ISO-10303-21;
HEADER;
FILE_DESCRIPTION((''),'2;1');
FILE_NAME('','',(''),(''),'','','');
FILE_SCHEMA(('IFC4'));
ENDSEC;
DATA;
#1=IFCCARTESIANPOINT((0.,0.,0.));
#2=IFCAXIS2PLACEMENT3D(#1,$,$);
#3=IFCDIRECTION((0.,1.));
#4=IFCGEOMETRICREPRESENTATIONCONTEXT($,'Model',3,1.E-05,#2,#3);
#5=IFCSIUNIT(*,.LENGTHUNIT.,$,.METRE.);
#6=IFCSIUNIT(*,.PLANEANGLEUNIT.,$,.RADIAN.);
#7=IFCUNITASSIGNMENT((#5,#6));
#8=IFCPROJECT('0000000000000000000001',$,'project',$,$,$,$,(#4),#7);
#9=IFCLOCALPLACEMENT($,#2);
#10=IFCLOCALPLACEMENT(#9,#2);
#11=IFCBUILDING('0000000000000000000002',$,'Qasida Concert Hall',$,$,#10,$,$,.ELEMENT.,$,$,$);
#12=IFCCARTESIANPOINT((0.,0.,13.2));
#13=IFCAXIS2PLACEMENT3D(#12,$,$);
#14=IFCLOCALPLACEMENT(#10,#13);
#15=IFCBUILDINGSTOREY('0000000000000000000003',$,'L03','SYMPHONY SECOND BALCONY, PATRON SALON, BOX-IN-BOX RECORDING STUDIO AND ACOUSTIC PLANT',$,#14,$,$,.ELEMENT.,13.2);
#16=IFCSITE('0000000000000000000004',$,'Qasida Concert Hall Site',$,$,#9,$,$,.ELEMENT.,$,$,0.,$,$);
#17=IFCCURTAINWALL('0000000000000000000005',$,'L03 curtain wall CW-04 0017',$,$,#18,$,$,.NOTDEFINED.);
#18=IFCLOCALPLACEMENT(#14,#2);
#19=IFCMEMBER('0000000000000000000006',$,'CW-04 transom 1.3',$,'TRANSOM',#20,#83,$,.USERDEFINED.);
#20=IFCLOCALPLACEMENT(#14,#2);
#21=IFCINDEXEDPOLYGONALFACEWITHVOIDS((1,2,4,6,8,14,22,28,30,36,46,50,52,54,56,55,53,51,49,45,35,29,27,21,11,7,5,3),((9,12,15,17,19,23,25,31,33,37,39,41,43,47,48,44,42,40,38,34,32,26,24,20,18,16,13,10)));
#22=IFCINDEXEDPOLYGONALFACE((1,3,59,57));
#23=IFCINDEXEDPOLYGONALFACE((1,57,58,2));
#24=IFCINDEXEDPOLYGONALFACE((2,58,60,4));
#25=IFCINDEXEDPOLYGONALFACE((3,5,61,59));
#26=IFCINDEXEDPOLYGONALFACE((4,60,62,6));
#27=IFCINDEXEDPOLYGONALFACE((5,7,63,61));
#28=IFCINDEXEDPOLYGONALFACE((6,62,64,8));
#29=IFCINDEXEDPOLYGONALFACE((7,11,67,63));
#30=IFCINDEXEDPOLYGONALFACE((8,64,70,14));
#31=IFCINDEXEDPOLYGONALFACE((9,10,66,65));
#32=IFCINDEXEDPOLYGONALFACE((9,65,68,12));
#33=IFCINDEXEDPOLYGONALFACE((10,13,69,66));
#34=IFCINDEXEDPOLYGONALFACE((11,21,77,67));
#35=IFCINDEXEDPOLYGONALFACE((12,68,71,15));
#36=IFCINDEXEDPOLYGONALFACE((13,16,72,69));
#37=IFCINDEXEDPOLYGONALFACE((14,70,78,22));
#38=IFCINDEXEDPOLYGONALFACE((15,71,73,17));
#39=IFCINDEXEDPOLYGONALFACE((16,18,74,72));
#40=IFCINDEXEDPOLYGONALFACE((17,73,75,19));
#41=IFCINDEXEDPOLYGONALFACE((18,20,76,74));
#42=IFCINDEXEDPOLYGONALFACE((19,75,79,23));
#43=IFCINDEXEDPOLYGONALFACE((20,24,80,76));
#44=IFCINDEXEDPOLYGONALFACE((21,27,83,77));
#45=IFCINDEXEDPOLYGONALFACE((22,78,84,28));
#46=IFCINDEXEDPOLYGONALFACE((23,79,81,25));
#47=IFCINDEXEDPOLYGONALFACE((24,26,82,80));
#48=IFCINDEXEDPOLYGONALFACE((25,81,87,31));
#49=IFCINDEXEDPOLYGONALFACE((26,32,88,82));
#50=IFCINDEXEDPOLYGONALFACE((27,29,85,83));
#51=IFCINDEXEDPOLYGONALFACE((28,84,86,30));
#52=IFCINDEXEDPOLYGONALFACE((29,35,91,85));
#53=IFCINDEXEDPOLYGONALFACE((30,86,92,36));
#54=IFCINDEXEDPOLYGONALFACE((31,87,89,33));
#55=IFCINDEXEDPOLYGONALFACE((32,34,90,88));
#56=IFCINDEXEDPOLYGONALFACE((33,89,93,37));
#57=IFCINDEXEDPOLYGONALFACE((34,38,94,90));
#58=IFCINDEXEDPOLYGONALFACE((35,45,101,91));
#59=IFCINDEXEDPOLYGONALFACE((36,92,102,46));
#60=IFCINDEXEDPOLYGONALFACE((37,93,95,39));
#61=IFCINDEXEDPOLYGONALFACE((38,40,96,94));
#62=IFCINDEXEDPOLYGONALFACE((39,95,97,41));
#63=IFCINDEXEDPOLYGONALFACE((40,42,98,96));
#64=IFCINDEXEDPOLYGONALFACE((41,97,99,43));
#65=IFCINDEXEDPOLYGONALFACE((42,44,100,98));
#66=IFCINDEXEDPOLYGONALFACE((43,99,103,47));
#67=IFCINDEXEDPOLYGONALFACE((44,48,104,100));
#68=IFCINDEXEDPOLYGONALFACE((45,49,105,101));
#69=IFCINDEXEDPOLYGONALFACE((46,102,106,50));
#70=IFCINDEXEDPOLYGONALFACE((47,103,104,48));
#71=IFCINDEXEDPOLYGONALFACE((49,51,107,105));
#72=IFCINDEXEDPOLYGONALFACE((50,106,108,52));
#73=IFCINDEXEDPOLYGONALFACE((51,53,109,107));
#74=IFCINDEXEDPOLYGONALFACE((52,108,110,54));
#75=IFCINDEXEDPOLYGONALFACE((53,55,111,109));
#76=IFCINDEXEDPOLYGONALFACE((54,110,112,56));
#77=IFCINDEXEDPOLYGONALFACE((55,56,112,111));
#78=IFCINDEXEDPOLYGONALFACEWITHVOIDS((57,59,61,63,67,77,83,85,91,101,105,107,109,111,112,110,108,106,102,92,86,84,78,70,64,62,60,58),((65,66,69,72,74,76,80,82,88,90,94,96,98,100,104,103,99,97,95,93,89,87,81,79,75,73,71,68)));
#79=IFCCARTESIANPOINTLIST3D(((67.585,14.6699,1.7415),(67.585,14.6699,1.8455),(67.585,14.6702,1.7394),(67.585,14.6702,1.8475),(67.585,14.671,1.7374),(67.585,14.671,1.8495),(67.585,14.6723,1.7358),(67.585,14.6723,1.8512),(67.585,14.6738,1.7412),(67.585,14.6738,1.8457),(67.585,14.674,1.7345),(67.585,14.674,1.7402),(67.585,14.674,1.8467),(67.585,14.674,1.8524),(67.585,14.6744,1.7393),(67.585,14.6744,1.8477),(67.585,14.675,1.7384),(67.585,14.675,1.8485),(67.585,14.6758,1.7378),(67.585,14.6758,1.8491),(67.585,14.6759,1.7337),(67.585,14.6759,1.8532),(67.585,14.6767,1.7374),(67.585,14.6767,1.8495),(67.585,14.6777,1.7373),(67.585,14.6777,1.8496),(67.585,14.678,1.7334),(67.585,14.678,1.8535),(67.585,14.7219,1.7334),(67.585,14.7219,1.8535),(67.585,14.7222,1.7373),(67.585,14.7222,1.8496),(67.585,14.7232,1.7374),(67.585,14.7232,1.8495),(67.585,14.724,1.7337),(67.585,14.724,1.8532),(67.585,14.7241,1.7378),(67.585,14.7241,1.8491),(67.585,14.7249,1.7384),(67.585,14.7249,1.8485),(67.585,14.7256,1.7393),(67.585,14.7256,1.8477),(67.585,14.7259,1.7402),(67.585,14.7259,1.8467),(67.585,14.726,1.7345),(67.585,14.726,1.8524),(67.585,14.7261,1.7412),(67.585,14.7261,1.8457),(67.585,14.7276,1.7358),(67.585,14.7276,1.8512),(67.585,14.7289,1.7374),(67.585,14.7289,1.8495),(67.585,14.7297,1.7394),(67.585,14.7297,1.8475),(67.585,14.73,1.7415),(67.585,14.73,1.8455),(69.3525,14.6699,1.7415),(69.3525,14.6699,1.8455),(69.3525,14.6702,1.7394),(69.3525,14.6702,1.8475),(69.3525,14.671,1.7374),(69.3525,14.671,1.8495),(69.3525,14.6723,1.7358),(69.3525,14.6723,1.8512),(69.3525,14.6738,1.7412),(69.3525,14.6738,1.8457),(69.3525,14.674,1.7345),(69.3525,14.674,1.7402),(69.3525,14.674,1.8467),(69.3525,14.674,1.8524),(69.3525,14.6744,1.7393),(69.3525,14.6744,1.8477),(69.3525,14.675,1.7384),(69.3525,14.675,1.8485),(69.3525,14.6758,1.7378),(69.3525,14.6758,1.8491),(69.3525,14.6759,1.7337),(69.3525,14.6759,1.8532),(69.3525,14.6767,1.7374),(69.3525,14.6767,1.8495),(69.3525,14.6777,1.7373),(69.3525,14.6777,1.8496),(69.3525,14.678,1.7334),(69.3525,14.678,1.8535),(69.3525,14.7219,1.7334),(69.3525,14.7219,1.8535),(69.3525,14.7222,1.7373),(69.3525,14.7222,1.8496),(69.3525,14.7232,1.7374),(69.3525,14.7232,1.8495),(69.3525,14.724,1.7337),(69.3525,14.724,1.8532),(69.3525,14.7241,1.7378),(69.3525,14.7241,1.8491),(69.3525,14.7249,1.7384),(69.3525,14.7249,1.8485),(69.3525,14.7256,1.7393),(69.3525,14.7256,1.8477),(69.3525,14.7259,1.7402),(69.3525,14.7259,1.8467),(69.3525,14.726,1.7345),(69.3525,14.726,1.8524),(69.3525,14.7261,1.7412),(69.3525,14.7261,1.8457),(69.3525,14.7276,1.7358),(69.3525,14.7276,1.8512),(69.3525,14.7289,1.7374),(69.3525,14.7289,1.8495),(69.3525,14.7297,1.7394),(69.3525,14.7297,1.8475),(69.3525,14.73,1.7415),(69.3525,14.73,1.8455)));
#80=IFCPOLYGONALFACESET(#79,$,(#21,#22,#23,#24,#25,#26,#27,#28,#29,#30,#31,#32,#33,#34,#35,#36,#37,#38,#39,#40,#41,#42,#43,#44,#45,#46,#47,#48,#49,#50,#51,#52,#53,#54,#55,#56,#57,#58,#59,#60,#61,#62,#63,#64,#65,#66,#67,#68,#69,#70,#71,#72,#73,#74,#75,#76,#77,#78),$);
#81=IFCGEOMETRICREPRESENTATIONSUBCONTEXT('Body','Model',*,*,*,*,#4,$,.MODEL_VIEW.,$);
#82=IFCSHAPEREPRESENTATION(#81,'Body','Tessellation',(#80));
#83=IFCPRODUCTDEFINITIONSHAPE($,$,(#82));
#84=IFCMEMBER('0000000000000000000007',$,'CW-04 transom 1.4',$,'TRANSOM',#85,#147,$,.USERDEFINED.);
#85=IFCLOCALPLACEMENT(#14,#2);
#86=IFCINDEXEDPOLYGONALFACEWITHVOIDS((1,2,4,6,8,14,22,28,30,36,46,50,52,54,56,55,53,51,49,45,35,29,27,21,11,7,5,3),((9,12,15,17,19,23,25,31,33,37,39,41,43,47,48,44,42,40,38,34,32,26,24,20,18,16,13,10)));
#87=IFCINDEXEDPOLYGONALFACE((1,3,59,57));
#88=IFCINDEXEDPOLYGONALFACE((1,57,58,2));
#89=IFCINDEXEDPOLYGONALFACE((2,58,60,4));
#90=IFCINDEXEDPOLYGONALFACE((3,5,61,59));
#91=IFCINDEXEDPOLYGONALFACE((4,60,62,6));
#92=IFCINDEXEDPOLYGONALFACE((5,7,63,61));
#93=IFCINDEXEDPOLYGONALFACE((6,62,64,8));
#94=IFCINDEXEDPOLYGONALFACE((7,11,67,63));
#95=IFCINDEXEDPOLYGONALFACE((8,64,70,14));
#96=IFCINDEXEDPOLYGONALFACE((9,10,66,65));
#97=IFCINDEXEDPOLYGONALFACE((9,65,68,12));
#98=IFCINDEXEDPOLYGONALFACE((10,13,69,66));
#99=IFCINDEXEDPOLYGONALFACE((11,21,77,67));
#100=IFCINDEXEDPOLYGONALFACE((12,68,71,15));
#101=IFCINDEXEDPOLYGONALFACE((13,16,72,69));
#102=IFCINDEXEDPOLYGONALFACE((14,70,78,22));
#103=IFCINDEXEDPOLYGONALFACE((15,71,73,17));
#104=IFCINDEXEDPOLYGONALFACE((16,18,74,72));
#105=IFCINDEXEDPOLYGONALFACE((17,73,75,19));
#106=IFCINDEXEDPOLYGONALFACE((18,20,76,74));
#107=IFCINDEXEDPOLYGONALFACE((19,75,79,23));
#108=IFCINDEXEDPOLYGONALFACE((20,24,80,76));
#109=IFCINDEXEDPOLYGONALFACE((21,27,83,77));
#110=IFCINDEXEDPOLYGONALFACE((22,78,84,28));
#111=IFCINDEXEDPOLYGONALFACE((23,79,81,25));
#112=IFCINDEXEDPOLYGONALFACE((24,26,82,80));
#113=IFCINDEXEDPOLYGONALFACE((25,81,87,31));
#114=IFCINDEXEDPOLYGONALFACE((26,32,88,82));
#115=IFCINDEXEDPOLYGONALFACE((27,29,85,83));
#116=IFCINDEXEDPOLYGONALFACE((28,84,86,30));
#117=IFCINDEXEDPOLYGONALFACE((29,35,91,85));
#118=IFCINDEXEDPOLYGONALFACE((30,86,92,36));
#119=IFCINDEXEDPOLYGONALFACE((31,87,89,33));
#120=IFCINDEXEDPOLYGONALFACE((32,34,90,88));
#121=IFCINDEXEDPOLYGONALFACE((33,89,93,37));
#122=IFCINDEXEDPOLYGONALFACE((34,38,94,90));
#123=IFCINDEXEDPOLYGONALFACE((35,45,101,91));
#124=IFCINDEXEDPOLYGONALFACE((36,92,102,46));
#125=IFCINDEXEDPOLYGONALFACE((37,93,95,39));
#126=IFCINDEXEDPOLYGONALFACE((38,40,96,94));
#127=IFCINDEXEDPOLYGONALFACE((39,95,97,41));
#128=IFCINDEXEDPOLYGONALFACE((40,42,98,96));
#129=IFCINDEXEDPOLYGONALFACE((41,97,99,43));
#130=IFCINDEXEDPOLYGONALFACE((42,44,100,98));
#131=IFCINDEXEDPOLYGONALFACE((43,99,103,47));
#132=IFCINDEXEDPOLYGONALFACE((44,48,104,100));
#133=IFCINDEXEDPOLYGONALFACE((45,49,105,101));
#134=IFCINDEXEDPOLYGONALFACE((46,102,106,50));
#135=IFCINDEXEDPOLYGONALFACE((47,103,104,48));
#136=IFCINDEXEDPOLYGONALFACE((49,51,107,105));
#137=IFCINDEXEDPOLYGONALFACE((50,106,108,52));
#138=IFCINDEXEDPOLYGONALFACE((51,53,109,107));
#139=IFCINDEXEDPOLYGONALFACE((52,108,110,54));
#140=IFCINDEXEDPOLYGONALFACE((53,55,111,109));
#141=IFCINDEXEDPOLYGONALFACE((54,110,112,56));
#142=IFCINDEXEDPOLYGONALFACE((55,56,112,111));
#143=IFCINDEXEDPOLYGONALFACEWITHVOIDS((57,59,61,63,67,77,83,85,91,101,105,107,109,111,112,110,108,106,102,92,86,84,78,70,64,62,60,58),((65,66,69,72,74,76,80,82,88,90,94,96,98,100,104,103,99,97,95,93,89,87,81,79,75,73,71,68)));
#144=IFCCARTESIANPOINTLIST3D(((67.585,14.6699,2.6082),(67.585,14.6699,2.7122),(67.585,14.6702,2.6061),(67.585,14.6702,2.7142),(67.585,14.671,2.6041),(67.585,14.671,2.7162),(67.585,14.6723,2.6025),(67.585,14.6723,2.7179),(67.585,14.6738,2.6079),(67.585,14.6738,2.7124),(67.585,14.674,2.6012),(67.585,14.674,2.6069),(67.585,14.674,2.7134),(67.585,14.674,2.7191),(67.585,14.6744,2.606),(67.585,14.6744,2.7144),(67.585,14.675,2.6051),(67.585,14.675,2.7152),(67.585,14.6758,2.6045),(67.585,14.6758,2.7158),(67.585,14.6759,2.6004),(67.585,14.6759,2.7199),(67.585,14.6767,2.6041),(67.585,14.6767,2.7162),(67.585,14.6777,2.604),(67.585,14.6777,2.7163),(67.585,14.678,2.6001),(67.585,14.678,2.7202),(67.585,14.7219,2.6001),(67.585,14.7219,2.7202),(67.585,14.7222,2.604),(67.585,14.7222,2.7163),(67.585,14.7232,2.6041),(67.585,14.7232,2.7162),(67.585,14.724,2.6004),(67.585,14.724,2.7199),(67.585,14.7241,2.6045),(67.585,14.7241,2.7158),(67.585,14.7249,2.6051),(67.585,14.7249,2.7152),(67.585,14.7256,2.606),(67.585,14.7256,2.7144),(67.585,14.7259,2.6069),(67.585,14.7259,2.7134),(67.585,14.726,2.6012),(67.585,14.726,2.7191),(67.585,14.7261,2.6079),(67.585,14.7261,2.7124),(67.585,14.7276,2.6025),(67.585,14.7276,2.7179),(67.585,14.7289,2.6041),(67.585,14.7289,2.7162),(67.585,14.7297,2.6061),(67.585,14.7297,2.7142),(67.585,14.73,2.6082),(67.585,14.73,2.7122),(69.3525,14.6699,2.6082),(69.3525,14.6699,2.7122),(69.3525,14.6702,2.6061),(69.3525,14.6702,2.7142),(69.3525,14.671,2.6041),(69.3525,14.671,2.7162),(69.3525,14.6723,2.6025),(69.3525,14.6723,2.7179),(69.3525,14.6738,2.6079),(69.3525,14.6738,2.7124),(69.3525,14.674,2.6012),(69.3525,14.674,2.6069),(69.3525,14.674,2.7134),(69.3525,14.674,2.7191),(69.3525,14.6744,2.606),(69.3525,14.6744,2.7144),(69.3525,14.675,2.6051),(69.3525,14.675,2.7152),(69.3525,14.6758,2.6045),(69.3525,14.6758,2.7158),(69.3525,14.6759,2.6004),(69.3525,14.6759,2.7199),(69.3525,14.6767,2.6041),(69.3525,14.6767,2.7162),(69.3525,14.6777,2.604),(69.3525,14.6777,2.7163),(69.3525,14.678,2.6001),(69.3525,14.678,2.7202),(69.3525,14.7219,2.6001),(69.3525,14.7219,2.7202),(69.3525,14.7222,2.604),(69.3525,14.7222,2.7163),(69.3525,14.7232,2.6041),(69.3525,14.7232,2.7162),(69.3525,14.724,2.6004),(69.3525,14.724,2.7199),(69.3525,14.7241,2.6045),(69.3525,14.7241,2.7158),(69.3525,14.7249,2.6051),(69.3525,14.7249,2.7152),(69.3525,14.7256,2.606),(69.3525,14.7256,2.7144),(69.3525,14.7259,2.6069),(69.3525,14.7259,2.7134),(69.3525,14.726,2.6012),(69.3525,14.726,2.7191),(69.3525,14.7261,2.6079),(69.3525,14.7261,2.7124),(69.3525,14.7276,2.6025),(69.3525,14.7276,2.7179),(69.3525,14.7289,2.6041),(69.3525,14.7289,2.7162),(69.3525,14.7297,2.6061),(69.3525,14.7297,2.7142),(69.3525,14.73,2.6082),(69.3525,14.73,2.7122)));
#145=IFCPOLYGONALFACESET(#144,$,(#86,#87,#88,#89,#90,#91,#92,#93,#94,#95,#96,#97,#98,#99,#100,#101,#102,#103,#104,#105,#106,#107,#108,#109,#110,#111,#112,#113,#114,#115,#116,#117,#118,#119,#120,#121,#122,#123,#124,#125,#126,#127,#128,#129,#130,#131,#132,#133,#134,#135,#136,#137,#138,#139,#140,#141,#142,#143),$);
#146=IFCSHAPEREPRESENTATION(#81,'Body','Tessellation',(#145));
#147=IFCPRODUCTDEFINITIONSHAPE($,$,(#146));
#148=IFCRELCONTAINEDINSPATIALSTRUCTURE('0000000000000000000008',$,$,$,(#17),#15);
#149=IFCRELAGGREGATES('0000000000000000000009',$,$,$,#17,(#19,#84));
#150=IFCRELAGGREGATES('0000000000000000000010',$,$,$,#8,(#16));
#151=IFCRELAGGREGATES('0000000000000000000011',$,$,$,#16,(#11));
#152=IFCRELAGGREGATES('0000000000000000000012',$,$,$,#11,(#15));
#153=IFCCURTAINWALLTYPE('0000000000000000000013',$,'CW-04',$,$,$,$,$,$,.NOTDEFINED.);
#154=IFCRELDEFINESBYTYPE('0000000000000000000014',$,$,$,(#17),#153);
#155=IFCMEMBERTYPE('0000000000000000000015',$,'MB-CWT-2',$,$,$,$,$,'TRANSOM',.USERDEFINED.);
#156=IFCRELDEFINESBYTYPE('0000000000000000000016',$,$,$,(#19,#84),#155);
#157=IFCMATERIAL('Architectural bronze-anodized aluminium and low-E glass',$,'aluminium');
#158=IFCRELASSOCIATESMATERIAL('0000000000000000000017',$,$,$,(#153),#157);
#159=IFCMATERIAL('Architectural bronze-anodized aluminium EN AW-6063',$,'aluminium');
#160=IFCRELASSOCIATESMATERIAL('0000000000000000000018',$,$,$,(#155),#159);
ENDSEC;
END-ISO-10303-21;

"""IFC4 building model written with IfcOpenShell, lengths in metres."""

from ifc_helpers import new_model, si_unit, direction, frame, origin, origin_2d, place, context, subcontext, project, spatial, hollow_rectangle, extrude, material, material_profile, profile_set, type_object, element, aggregate, save


model = new_model("IFC4")

# Units and contexts
model_context = context("Model", 3, precision=1e-05, world=origin(), true_north=direction((0.0, 1.0)))
body_context = subcontext(model_context, "Body", "Model", "MODEL_VIEW")
ifc_project = project(units=[si_unit("LENGTHUNIT", "METRE"), si_unit("PLANEANGLEUNIT", "RADIAN")], contexts=[model_context])

# Site, building, storey
site_placement = place(None, origin())
site = spatial("IfcSite", under=ifc_project, at=site_placement, Name="Qasida Concert Hall Site", CompositionType="ELEMENT", RefElevation=0.0)
building_placement = place(site_placement, origin())
building = spatial("IfcBuilding", under=site, at=building_placement, Name="Qasida Concert Hall", CompositionType="ELEMENT")
storey_placement = place(building_placement, frame((0.0, 0.0, 13.2)))
storey = spatial("IfcBuildingStorey", under=building, at=storey_placement, Name="L03", Description="SYMPHONY SECOND BALCONY, PATRON SALON, BOX-IN-BOX RECORDING STUDIO AND ACOUSTIC PLANT", CompositionType="ELEMENT", Elevation=13.2)

# Curtain wall
ifc_material_1 = material(Name="Architectural bronze-anodized aluminium and low-E glass", Category="aluminium")
curtain_wall_type = type_object("IfcCurtainWallType", Name="CW-04", PredefinedType="NOTDEFINED", material=ifc_material_1)
ifc_material_2 = material(Name="Architectural bronze-anodized aluminium EN AW-6063", Category="aluminium")
curtain_wall_1_placement = place(storey_placement, origin())
curtain_wall_1 = element("IfcCurtainWall", 1, at=curtain_wall_1_placement, inside=storey, type_object=curtain_wall_type, Name="L03 curtain wall CW-04 0017", PredefinedType="NOTDEFINED")

# Members
ifc_material_profile_1 = material_profile(ifc_material_2, hollow_rectangle(XDim=0.0601, YDim=0.1201, WallThickness=0.0039, InnerFilletRadius=0.0039, OuterFilletRadius=0.0081, at=origin_2d()), Name="CWT 120x60x4")
ifc_profile_set_1 = profile_set([ifc_material_profile_1], Name="Architectural bronze-anodized aluminium EN AW-6063")
member_type_1 = type_object("IfcMemberType", Name="MB-CWT-2", ElementType="TRANSOM", PredefinedType="USERDEFINED", material=ifc_profile_set_1)
member_1_placement = place(storey_placement, frame((67.585, 14.7, 1.7935), z_axis=(1.0, 0.0, 0.0), x_axis=(0.0, 1.0, 0.0)))
member_1 = element("IfcMember", 2, at=member_1_placement, type_object=member_type_1, Name="CW-04 transom 1.3", ObjectType="TRANSOM", PredefinedType="USERDEFINED", context=body_context, shape_type="SweptSolid", body=[
    extrude(hollow_rectangle(XDim=0.0601, YDim=0.1201, WallThickness=0.0039, InnerFilletRadius=0.0039, OuterFilletRadius=0.0081, at=origin_2d()), origin(), (0.0, 0.0, 1.0), 1.7676),
])
member_2_placement = place(storey_placement, frame((67.585, 14.7, 2.6602), z_axis=(1.0, 0.0, 0.0), x_axis=(0.0, 1.0, 0.0)))
member_2 = element("IfcMember", 3, at=member_2_placement, type_object=member_type_1, Name="CW-04 transom 1.4", ObjectType="TRANSOM", PredefinedType="USERDEFINED", context=body_context, shape_type="SweptSolid", body=[
    extrude(hollow_rectangle(XDim=0.0601, YDim=0.1201, WallThickness=0.0039, InnerFilletRadius=0.0039, OuterFilletRadius=0.0081, at=origin_2d()), origin(), (0.0, 0.0, 1.0), 1.7676),
])

aggregate(curtain_wall_1, [member_1, member_2])

save(model, "model.ifc")
